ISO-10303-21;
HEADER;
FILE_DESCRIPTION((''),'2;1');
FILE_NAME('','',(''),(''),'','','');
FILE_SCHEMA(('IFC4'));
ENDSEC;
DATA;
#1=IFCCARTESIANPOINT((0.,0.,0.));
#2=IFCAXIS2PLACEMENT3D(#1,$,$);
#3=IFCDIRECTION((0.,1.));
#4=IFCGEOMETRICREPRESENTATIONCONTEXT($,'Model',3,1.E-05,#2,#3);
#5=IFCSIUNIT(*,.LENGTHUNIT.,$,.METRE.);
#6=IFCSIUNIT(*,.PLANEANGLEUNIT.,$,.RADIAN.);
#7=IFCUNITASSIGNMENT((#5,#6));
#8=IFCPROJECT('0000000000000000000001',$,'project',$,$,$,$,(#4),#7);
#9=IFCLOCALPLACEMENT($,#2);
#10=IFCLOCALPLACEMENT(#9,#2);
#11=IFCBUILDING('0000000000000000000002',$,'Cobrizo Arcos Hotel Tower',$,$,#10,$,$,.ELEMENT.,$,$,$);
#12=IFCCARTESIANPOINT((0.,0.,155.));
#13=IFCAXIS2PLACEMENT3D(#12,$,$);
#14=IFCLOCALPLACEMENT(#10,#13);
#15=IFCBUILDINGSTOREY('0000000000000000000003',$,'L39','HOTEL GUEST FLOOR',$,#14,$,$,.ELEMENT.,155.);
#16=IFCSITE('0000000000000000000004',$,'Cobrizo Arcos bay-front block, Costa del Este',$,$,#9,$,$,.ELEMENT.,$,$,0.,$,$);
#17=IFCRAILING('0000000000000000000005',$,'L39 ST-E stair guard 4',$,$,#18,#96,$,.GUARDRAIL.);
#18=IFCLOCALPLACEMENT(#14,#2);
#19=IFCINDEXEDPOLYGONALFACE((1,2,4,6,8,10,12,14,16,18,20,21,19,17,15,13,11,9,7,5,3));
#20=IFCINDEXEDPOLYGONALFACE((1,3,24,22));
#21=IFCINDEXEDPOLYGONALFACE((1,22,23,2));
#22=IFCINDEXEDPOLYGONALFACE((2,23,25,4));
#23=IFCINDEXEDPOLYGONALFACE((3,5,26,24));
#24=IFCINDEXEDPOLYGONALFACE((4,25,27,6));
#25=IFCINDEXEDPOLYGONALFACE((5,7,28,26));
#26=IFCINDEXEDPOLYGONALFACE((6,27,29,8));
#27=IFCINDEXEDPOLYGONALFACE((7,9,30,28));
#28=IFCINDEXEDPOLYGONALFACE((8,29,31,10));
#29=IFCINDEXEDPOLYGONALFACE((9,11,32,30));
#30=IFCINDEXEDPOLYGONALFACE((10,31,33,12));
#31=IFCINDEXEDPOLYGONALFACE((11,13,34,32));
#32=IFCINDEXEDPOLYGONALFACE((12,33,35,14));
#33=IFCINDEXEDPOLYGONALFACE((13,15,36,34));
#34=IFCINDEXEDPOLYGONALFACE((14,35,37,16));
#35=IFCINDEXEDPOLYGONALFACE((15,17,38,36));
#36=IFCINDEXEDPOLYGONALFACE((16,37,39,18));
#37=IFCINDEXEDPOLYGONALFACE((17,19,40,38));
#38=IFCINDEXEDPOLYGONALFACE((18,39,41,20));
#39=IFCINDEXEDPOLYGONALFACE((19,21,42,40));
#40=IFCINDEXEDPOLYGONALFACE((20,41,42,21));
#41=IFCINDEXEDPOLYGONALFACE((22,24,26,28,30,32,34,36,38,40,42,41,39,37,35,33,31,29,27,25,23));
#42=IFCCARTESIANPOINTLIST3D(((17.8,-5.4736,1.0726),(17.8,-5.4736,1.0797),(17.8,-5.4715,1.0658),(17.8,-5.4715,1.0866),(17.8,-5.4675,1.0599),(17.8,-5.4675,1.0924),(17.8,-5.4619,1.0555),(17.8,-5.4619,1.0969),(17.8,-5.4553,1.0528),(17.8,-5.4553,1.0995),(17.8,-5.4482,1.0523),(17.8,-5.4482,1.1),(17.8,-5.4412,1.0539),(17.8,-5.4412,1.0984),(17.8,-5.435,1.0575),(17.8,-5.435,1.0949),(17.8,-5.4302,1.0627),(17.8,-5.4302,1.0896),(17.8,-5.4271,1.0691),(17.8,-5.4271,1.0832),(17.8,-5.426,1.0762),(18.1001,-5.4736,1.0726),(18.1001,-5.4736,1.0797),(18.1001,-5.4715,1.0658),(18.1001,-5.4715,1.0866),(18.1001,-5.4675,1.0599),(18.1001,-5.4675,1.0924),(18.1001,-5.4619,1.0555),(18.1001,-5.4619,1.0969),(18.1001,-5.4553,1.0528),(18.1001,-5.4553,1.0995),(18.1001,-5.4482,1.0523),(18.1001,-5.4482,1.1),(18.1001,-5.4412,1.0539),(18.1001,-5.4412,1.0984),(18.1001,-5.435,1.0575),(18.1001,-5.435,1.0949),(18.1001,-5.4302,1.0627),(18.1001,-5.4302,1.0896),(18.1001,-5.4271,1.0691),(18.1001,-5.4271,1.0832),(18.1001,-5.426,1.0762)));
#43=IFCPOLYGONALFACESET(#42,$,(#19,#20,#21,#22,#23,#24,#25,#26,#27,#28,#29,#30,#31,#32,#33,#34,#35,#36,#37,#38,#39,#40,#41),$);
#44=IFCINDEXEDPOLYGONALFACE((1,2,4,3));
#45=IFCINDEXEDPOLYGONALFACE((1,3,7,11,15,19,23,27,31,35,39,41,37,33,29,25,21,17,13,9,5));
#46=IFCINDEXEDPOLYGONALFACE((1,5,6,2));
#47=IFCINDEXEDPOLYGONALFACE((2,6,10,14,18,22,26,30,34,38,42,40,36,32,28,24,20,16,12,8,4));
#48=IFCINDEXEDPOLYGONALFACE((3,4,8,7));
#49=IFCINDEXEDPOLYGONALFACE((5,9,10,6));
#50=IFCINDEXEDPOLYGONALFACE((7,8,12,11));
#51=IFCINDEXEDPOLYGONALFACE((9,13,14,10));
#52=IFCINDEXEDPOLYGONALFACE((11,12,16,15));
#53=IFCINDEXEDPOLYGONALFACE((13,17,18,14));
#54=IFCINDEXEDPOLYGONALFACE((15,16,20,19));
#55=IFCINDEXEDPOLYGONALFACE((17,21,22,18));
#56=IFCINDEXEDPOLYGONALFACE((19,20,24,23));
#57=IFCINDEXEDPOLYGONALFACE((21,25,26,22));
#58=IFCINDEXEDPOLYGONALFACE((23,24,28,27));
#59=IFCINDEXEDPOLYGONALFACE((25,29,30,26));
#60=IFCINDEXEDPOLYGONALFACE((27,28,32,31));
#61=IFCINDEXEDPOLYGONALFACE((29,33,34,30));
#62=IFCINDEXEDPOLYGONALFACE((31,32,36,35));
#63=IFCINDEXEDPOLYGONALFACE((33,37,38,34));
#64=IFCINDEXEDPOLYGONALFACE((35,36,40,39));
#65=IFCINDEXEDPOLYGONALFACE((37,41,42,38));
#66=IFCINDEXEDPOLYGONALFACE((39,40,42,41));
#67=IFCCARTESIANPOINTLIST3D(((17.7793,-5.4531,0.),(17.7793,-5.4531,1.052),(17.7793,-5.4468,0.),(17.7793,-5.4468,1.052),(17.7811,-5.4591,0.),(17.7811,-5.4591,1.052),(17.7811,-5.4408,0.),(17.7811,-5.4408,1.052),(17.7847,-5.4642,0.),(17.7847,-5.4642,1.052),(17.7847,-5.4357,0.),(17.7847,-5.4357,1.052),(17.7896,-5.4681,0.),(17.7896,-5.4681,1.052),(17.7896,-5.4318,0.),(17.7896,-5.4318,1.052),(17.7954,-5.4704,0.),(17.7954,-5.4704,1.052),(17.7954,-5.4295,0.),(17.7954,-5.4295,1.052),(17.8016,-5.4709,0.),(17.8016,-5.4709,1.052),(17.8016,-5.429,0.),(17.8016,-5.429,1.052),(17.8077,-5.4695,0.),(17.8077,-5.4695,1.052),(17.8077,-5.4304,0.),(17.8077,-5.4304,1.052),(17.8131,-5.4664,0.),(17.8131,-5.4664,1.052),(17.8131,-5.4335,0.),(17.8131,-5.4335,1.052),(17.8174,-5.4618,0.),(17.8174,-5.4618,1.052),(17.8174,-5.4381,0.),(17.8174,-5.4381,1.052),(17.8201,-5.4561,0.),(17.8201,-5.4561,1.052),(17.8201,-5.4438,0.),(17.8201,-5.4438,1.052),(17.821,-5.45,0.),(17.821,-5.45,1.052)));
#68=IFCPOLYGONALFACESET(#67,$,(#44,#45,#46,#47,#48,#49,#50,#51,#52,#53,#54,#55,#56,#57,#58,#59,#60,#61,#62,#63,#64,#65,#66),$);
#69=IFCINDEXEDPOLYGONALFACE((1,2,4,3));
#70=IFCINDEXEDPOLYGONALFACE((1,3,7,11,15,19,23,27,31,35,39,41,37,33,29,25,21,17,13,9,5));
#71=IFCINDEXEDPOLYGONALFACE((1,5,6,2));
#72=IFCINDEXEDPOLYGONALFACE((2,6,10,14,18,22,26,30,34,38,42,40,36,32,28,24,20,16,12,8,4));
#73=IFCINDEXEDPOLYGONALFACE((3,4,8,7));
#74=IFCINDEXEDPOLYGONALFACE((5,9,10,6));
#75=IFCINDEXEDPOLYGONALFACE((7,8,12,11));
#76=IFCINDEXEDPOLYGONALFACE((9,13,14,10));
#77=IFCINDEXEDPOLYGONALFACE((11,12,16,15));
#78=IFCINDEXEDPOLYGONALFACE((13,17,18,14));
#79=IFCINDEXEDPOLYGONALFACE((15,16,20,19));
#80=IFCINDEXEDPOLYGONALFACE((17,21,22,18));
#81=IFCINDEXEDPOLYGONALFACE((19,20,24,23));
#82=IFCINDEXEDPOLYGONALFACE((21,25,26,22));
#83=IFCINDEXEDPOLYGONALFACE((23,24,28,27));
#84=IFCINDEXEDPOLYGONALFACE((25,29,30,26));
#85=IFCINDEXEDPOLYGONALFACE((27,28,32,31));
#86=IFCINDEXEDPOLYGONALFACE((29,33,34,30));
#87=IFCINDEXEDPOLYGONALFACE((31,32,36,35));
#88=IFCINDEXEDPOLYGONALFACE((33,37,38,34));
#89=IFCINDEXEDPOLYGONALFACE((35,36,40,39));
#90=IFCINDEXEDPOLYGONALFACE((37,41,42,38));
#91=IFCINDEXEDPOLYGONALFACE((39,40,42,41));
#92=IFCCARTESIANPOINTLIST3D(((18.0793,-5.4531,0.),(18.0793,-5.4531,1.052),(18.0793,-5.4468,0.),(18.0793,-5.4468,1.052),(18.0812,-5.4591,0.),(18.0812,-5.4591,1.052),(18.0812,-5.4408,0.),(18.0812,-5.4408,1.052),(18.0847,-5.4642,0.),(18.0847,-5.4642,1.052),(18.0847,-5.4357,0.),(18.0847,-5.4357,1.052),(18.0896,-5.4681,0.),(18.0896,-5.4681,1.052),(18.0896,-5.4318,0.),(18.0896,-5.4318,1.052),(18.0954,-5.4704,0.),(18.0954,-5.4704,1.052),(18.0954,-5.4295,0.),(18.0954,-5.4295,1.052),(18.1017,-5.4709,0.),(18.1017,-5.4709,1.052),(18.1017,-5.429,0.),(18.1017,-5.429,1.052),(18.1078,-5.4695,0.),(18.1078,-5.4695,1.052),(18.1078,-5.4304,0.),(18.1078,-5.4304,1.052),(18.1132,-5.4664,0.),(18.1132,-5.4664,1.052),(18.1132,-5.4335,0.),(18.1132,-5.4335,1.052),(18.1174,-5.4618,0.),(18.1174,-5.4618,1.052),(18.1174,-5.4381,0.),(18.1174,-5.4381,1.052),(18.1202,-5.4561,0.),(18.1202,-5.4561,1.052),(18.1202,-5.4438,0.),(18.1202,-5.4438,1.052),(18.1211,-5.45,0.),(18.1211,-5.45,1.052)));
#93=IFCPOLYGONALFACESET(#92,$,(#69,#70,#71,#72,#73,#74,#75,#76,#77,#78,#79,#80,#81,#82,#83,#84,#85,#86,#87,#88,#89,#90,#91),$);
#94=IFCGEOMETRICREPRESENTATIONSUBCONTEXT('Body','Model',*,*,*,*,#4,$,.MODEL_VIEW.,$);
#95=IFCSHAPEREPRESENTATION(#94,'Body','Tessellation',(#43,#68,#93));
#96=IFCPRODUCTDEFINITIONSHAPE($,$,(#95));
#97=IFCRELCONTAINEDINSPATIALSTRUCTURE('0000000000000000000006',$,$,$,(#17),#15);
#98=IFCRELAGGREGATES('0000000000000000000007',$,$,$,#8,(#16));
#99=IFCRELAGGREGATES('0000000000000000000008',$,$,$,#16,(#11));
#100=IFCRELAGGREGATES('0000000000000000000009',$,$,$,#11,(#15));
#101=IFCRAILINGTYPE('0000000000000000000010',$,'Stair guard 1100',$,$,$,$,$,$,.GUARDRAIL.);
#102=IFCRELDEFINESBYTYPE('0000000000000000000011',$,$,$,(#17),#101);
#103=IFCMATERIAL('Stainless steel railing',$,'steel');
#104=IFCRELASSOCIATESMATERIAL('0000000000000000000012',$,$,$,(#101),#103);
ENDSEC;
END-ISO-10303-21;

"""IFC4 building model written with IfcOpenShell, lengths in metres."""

from ifc_helpers import new_model, si_unit, direction, frame, origin, origin_2d, place, context, subcontext, project, spatial, circle, extrude, material, type_object, element, save


model = new_model("IFC4")

# Units and contexts
model_context = context("Model", 3, precision=1e-05, world=origin(), true_north=direction((0.0, 1.0)))
body_context = subcontext(model_context, "Body", "Model", "MODEL_VIEW")
ifc_project = project(units=[si_unit("LENGTHUNIT", "METRE"), si_unit("PLANEANGLEUNIT", "RADIAN")], contexts=[model_context])

# Site, building, storey
site_placement = place(None, origin())
site = spatial("IfcSite", under=ifc_project, at=site_placement, Name="Cobrizo Arcos bay-front block, Costa del Este", CompositionType="ELEMENT", RefElevation=0.0)
building_placement = place(site_placement, origin())
building = spatial("IfcBuilding", under=site, at=building_placement, Name="Cobrizo Arcos Hotel Tower", CompositionType="ELEMENT")
storey_placement = place(building_placement, frame((0.0, 0.0, 155.0)))
storey = spatial("IfcBuildingStorey", under=building, at=storey_placement, Name="L39", Description="HOTEL GUEST FLOOR", CompositionType="ELEMENT", Elevation=155.0)

# Railing
ifc_material_1 = material(Name="Stainless steel railing", Category="steel")
railing_type_1 = type_object("IfcRailingType", Name="Stair guard 1100", PredefinedType="GUARDRAIL", material=ifc_material_1)
railing_1_placement = place(storey_placement, frame((17.8, -5.45, 0.0)))
element("IfcRailing", 1, at=railing_1_placement, inside=storey, type_object=railing_type_1, Name="L39 ST-E stair guard 4", PredefinedType="GUARDRAIL", context=body_context, shape_type="SweptSolid", body=[
    extrude(circle(Radius=0.0239, at=origin_2d()), frame((0.0, 0.0, 1.0762), z_axis=(1.0, 0.0, 0.0), x_axis=(0.0, 1.0, 0.0)), (0.0, 0.0, 1.0), 0.3),
    extrude(circle(Radius=0.021, at=origin_2d()), origin(), (0.0, 0.0, 1.0), 1.052),
    extrude(circle(Radius=0.021, at=origin_2d()), frame((0.3, 0.0, 0.0)), (0.0, 0.0, 1.0), 1.052),
])

save(model, "model.ifc")
